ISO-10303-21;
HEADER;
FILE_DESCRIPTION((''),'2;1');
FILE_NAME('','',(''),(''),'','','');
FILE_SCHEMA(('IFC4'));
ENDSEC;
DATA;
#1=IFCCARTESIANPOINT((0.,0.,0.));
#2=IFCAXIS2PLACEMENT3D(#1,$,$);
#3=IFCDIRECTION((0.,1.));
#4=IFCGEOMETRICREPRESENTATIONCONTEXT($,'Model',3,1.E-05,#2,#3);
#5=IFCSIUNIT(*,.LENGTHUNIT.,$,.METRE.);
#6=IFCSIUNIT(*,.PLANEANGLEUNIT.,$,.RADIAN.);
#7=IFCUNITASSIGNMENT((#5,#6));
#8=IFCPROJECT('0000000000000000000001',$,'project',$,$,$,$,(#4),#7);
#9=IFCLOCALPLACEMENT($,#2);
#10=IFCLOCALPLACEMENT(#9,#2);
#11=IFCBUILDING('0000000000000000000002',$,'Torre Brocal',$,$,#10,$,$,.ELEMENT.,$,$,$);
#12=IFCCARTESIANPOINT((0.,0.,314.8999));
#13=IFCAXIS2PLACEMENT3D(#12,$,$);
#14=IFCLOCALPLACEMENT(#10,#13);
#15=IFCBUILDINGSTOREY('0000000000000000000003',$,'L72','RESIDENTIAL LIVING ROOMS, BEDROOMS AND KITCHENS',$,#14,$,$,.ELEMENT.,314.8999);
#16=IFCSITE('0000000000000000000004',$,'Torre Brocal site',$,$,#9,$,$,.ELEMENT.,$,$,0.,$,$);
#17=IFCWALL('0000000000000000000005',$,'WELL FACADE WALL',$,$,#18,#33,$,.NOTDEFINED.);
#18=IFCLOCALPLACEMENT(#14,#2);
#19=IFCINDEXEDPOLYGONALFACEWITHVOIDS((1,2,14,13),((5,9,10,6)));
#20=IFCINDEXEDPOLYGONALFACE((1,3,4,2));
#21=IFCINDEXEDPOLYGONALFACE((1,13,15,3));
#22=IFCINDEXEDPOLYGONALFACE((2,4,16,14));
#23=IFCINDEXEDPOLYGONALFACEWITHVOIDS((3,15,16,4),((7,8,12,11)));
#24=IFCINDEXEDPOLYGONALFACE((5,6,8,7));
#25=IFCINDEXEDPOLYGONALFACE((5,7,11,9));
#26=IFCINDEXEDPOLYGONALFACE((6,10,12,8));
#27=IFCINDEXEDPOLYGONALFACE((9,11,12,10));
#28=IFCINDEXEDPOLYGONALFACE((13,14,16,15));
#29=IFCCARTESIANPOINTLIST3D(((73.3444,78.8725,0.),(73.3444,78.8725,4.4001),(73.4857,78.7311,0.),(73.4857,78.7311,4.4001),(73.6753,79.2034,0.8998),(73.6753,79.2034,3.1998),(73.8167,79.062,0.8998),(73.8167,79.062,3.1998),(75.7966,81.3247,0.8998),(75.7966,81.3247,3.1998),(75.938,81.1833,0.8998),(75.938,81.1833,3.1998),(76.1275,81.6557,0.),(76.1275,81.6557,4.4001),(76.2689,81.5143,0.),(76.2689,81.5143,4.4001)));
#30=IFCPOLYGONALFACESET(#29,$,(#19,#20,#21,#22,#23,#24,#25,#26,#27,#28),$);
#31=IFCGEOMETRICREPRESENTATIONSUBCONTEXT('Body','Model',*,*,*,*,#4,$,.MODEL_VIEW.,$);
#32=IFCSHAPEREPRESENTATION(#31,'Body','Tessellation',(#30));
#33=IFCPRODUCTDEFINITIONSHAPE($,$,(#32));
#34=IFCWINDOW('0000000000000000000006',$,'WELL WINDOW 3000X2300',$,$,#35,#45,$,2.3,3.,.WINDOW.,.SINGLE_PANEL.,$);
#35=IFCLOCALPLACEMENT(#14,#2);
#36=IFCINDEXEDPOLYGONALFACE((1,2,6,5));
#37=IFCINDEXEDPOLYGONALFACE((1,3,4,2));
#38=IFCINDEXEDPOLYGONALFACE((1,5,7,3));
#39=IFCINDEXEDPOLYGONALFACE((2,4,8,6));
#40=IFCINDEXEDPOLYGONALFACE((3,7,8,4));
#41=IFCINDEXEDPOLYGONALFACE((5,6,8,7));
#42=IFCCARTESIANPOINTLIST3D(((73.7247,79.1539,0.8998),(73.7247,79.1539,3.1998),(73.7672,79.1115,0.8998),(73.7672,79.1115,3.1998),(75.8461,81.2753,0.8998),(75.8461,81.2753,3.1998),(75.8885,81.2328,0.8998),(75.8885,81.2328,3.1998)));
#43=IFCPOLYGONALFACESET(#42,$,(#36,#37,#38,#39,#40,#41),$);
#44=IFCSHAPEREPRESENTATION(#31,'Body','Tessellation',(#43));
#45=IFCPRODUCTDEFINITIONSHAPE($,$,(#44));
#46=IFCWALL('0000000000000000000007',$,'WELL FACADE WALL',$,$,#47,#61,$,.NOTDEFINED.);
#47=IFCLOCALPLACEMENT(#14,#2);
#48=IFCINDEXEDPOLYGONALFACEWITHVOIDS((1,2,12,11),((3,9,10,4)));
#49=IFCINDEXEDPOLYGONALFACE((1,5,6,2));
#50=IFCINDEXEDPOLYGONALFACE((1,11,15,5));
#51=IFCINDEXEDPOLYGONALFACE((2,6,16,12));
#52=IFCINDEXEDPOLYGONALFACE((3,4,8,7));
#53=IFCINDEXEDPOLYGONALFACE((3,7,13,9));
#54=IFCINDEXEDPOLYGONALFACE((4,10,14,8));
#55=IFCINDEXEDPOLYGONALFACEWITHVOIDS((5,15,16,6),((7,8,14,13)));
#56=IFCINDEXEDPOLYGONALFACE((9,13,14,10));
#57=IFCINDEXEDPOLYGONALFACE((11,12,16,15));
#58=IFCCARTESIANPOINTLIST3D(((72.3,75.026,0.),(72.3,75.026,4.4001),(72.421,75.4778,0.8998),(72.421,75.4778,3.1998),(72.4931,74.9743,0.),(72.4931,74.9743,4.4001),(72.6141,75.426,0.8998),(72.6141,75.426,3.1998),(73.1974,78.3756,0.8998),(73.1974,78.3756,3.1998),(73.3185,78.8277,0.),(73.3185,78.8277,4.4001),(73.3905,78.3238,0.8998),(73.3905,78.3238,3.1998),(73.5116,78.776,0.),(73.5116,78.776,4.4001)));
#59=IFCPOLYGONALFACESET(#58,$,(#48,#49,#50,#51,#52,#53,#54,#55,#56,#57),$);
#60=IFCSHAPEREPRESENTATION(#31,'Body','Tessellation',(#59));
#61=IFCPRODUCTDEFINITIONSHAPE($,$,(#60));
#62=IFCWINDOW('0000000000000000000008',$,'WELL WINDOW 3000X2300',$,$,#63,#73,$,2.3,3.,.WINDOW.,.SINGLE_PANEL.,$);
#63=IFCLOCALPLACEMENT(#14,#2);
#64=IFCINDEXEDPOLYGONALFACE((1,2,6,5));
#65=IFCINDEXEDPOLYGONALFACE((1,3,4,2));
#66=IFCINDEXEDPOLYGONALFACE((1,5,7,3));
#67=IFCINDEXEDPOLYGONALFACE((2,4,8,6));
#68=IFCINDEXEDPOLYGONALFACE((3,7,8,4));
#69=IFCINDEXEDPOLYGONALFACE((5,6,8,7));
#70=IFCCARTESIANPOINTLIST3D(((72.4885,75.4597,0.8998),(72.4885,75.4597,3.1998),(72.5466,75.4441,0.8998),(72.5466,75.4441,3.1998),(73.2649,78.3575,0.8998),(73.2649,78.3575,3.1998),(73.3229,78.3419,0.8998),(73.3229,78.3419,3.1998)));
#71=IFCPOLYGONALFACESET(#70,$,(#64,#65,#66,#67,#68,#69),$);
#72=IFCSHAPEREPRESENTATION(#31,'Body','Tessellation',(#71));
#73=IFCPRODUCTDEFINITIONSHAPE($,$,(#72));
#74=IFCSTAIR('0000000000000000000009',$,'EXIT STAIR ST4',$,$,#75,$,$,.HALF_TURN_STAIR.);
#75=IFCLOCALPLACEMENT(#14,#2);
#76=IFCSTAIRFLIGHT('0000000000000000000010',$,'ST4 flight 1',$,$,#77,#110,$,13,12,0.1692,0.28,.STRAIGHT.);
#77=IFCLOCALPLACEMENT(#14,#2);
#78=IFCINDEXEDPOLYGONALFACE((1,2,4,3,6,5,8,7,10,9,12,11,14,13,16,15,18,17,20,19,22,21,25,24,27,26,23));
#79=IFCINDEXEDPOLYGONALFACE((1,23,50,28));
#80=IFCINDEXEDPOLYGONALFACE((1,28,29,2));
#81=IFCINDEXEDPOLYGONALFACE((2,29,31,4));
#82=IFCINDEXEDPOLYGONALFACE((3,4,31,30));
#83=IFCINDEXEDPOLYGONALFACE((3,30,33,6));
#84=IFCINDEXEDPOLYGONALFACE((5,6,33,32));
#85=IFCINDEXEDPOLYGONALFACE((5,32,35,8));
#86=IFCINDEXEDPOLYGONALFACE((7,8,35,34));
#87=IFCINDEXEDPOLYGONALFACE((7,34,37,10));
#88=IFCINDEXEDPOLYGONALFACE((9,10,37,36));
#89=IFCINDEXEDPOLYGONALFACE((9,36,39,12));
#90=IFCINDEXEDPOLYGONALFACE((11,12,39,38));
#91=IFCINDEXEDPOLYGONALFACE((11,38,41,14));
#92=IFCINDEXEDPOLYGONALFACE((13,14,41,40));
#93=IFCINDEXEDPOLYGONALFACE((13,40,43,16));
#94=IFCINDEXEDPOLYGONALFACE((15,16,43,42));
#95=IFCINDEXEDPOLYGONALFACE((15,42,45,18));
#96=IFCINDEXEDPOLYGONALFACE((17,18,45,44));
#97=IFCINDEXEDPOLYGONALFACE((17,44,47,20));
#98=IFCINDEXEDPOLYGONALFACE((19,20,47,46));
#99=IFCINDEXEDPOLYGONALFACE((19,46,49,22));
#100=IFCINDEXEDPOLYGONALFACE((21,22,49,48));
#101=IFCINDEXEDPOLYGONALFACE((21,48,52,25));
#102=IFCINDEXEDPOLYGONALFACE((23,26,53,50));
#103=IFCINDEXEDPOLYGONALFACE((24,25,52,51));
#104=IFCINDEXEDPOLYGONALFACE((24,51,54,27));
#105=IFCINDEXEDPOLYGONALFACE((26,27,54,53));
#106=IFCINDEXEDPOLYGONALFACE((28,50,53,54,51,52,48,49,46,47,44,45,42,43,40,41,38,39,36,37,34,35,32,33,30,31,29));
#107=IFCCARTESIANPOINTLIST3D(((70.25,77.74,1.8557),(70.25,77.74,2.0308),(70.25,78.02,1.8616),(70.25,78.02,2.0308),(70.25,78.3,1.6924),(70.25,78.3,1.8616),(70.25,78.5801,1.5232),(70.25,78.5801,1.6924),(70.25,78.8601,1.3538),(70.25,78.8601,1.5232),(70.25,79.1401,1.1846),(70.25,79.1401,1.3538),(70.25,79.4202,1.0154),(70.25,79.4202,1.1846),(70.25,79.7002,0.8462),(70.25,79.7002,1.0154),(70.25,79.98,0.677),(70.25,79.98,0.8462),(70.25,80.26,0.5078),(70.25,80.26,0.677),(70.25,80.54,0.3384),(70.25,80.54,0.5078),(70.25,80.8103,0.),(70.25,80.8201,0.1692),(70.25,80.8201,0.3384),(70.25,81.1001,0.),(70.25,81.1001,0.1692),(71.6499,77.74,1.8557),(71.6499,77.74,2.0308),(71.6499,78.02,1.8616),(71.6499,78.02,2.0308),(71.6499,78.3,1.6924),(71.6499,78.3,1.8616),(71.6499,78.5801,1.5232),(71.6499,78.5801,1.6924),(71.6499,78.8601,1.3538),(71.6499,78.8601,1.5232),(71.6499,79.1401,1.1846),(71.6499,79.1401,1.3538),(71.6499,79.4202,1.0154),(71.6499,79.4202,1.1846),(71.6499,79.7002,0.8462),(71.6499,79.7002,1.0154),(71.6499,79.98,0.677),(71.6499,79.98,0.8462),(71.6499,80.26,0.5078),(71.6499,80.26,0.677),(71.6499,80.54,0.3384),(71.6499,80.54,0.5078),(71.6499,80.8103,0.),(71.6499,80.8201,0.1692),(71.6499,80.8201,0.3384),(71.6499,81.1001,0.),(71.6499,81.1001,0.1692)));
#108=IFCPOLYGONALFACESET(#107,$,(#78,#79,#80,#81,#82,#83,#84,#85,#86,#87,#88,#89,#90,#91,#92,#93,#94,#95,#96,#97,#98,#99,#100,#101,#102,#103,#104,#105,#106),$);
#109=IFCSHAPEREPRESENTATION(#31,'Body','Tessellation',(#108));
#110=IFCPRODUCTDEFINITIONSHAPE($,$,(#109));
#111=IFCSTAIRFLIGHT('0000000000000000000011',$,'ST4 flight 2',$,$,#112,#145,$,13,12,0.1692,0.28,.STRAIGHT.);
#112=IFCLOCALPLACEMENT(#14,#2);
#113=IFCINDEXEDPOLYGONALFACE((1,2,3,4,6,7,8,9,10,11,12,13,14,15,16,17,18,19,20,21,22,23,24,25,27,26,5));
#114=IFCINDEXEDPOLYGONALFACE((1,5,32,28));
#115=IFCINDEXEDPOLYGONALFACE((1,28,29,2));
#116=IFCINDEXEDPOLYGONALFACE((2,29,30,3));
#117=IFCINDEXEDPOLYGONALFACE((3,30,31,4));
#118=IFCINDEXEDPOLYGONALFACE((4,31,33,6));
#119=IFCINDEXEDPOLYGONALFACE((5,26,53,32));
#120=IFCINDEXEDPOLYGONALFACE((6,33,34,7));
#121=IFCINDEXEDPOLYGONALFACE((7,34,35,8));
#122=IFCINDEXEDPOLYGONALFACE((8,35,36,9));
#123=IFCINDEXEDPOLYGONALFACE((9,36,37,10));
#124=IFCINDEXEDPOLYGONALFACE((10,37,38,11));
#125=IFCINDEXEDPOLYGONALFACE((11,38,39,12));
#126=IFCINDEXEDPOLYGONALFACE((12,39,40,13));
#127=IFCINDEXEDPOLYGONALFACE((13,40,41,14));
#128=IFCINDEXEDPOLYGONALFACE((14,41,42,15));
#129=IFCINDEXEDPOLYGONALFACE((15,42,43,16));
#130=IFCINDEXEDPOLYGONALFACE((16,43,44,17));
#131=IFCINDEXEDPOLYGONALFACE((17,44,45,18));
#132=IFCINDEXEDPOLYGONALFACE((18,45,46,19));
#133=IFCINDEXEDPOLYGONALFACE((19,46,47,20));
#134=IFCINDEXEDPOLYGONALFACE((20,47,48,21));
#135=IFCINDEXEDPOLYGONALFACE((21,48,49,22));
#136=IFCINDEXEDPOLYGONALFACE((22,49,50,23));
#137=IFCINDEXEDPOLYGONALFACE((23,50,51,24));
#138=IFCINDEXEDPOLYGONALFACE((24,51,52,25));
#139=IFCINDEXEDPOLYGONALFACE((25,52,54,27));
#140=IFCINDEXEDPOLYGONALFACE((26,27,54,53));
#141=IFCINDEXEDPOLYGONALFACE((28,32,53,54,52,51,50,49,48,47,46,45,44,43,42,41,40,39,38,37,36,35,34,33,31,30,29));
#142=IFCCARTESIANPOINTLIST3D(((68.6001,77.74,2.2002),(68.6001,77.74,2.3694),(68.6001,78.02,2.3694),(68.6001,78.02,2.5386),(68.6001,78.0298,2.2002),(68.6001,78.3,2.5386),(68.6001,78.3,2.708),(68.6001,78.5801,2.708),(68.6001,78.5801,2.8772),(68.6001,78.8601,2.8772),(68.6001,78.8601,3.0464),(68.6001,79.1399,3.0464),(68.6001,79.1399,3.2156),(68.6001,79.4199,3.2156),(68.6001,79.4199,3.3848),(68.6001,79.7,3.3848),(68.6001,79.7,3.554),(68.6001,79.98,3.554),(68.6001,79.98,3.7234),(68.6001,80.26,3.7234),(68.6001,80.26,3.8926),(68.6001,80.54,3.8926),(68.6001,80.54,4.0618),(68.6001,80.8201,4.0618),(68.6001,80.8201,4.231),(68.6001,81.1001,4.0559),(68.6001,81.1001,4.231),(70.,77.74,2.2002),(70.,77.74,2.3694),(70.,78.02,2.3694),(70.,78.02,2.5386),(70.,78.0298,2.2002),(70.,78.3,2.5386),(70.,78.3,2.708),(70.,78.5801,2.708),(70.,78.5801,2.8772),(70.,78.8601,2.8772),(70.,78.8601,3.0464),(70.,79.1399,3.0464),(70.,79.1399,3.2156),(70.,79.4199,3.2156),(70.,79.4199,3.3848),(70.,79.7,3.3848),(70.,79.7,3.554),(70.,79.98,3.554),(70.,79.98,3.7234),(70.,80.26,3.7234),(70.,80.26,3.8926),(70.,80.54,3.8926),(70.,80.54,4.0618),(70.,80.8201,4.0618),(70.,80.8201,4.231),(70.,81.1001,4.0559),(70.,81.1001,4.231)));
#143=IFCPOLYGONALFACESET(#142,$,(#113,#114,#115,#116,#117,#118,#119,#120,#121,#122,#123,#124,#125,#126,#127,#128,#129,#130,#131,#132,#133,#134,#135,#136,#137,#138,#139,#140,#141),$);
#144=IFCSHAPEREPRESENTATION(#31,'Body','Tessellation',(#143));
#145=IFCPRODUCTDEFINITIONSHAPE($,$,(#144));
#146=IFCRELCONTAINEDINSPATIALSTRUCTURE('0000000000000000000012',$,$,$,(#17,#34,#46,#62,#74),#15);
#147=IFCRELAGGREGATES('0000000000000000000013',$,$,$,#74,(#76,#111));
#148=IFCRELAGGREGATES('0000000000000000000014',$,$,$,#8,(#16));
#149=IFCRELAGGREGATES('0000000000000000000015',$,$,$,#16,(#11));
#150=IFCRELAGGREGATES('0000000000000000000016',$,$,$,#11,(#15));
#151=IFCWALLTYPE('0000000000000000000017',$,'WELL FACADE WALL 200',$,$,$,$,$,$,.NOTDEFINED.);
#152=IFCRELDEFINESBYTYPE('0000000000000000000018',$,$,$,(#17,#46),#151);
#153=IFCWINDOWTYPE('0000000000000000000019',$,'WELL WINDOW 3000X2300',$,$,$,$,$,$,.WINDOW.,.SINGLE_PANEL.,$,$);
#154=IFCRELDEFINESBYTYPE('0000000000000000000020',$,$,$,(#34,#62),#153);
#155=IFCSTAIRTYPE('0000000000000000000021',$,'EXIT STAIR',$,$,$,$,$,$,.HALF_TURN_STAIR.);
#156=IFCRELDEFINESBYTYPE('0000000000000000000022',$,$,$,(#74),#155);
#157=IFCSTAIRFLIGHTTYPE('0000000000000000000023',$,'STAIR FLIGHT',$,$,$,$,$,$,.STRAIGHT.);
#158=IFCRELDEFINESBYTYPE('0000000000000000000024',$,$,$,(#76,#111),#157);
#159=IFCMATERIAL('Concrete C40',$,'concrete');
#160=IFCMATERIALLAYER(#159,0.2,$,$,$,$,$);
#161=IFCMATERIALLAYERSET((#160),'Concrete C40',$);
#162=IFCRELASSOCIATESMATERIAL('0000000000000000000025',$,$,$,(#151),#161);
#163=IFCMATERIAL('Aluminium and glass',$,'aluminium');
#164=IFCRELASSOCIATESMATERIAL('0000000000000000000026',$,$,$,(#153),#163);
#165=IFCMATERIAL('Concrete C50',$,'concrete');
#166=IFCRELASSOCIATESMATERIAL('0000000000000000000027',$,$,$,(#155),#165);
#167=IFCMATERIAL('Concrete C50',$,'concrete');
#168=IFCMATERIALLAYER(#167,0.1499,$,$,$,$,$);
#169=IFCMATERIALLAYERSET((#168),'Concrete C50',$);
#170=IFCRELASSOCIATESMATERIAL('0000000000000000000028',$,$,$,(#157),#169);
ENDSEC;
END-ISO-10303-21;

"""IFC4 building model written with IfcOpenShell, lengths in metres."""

from ifc_helpers import new_model, si_unit, direction, frame, frame_2d, origin, place, context, subcontext, project, spatial, polyline, rectangle, outline, extrude, material, layer, layer_set, type_object, element, fill, aggregate, save


model = new_model("IFC4")

# Units and contexts
model_context = context("Model", 3, precision=1e-05, world=origin(), true_north=direction((0.0, 1.0)))
body_context = subcontext(model_context, "Body", "Model", "MODEL_VIEW")
ifc_project = project(units=[si_unit("LENGTHUNIT", "METRE"), si_unit("PLANEANGLEUNIT", "RADIAN")], contexts=[model_context])

# Site, building, storey
site_placement = place(None, origin())
site = spatial("IfcSite", under=ifc_project, at=site_placement, Name="Torre Brocal site", CompositionType="ELEMENT", RefElevation=0.0)
building_placement = place(site_placement, origin())
building = spatial("IfcBuilding", under=site, at=building_placement, Name="Torre Brocal", CompositionType="ELEMENT")
storey_placement = place(building_placement, frame((0.0, 0.0, 314.8999)))
storey = spatial("IfcBuildingStorey", under=building, at=storey_placement, Name="L72", Description="RESIDENTIAL LIVING ROOMS, BEDROOMS AND KITCHENS", CompositionType="ELEMENT", Elevation=314.8999)

# Walls, openings, windows
ifc_material_1 = material(Name="Concrete C40", Category="concrete")
ifc_layer_1 = layer(ifc_material_1, 0.2)
ifc_layer_set_1 = layer_set([ifc_layer_1], Name="Concrete C40")
wall_type_1 = type_object("IfcWallType", Name="WELL FACADE WALL 200", PredefinedType="NOTDEFINED", material=ifc_layer_set_1)
wall_1_placement = place(storey_placement, frame((76.1982, 81.585, 0.0), z_axis=(0.0, 0.0, 1.0), x_axis=(-0.707107, -0.707107, 0.0)))
wall_1 = element("IfcWall", 1, at=wall_1_placement, inside=storey, type_object=wall_type_1, Name="WELL FACADE WALL", PredefinedType="NOTDEFINED", context=body_context, shape_type="SweptSolid", body=[
    extrude(rectangle(XDim=3.936, YDim=0.2, at=frame_2d((1.968, 0.0))), origin(), (0.0, 0.0, 1.0), 4.4001),
])
opening_1_placement = place(wall_1_placement, frame((0.468, 0.0, 0.8999)))
opening_1 = element("IfcOpeningElement", 2, at=opening_1_placement, cuts=wall_1, PredefinedType="OPENING", context=body_context, shape_type="SweptSolid", body=[
    extrude(rectangle(XDim=3.0, YDim=2.3, at=frame_2d((1.5, 1.1499))), frame((0.0, 0.1099, 0.0), z_axis=(0.0, -1.0, 0.0), x_axis=(1.0, 0.0, 0.0)), (0.0, 0.0, 1.0), 0.22),
])
ifc_material_2 = material(Name="Aluminium and glass", Category="aluminium")
window_type = type_object("IfcWindowType", Name="WELL WINDOW 3000X2300", PartitioningType="SINGLE_PANEL", PredefinedType="WINDOW", material=ifc_material_2)
window_1_placement = place(opening_1_placement, origin())
window_1 = element("IfcWindow", 3, at=window_1_placement, inside=storey, type_object=window_type, Name="WELL WINDOW 3000X2300", OverallHeight=2.3, OverallWidth=3.0, PartitioningType="SINGLE_PANEL", PredefinedType="WINDOW", context=body_context, shape_type="SweptSolid", body=[
    extrude(rectangle(XDim=3.0, YDim=2.3, at=frame_2d((1.5, 1.1499))), frame((0.0, 0.03, 0.0), z_axis=(0.0, -1.0, 0.0), x_axis=(1.0, 0.0, 0.0)), (0.0, 0.0, 1.0), 0.0601),
])
fill(opening_1, window_1)
wall_2_placement = place(storey_placement, frame((73.415, 78.8018, 0.0), z_axis=(0.0, 0.0, 1.0), x_axis=(-0.25879, -0.965934, 0.0)))
wall_2 = element("IfcWall", 4, at=wall_2_placement, inside=storey, type_object=wall_type_1, Name="WELL FACADE WALL", PredefinedType="NOTDEFINED", context=body_context, shape_type="SweptSolid", body=[
    extrude(rectangle(XDim=3.9358, YDim=0.2, at=frame_2d((1.9678, 0.0))), origin(), (0.0, 0.0, 1.0), 4.4001),
])
opening_2_placement = place(wall_2_placement, frame((0.468, 0.0, 0.8999)))
opening_2 = element("IfcOpeningElement", 5, at=opening_2_placement, cuts=wall_2, PredefinedType="OPENING", context=body_context, shape_type="SweptSolid", body=[
    extrude(rectangle(XDim=3.0, YDim=2.3, at=frame_2d((1.5, 1.1499))), frame((0.0, 0.1099, 0.0), z_axis=(0.0, -1.0, 0.0), x_axis=(1.0, 0.0, 0.0)), (0.0, 0.0, 1.0), 0.22),
])
window_2_placement = place(opening_2_placement, origin())
window_2 = element("IfcWindow", 6, at=window_2_placement, inside=storey, type_object=window_type, Name="WELL WINDOW 3000X2300", OverallHeight=2.3, OverallWidth=3.0, PartitioningType="SINGLE_PANEL", PredefinedType="WINDOW", context=body_context, shape_type="SweptSolid", body=[
    extrude(rectangle(XDim=3.0, YDim=2.3, at=frame_2d((1.5, 1.1499))), frame((0.0, 0.03, 0.0), z_axis=(0.0, -1.0, 0.0), x_axis=(1.0, 0.0, 0.0)), (0.0, 0.0, 1.0), 0.0601),
])
fill(opening_2, window_2)

# Stair, stair flights
ifc_material_3 = material(Name="Concrete C50", Category="concrete")
stair_type = type_object("IfcStairType", Name="EXIT STAIR", PredefinedType="HALF_TURN_STAIR", material=ifc_material_3)
stair_placement = place(storey_placement, origin())
stair = element("IfcStair", 7, at=stair_placement, inside=storey, type_object=stair_type, Name="EXIT STAIR ST4", PredefinedType="HALF_TURN_STAIR")
ifc_material_4 = material(Name="Concrete C50", Category="concrete")
ifc_layer_2 = layer(ifc_material_4, 0.1499)
ifc_layer_set_2 = layer_set([ifc_layer_2], Name="Concrete C50")
stair_flight_type = type_object("IfcStairFlightType", Name="STAIR FLIGHT", PredefinedType="STRAIGHT", material=ifc_layer_set_2)
stair_flight_1_placement = place(storey_placement, frame((70.95, 81.1001, 0.0), z_axis=(0.0, 0.0, 1.0), x_axis=(0.0, -1.0, 0.0)))
stair_flight_1 = element("IfcStairFlight", 8, at=stair_flight_1_placement, type_object=stair_flight_type, Name="ST4 flight 1", NumberOfRisers=13, NumberOfTreads=12, PredefinedType="STRAIGHT", RiserHeight=0.1692, TreadLength=0.28, context=body_context, shape_type="SweptSolid", body=[
    extrude(outline(polyline([(0.0, 0.0), (0.0, 0.1692), (0.28, 0.1692), (0.28, 0.3384), (0.5601, 0.3384), (0.5601, 0.5078), (0.8401, 0.5078), (0.8401, 0.677), (1.1201, 0.677), (1.1201, 0.8462), (1.3999, 0.8462), (1.3999, 1.0154), (1.6799, 1.0154), (1.6799, 1.1846), (1.96, 1.1846), (1.96, 1.3538), (2.24, 1.3538), (2.24, 1.5232), (2.52, 1.5232), (2.52, 1.6924), (2.8, 1.6924), (2.8, 1.8616), (3.0801, 1.8616), (3.0801, 2.0308), (3.3601, 2.0308), (3.3601, 2.2), (3.3601, 1.8557), (0.2898, 0.0), (0.0, 0.0)])), frame((0.0, 0.7, 0.0), z_axis=(0.0, -1.0, 0.0), x_axis=(1.0, 0.0, 0.0)), (0.0, 0.0, 1.0), 1.3999),
])
stair_flight_2_placement = place(storey_placement, frame((69.3, 77.74, 2.2002), z_axis=(0.0, 0.0, 1.0), x_axis=(0.0, 1.0, 0.0)))
stair_flight_2 = element("IfcStairFlight", 9, at=stair_flight_2_placement, type_object=stair_flight_type, Name="ST4 flight 2", NumberOfRisers=13, NumberOfTreads=12, PredefinedType="STRAIGHT", RiserHeight=0.1692, TreadLength=0.28, context=body_context, shape_type="SweptSolid", body=[
    extrude(outline(polyline([(0.0, 0.0), (0.0, 0.1692), (0.28, 0.1692), (0.28, 0.3384), (0.5601, 0.3384), (0.5601, 0.5078), (0.8401, 0.5078), (0.8401, 0.677), (1.1201, 0.677), (1.1201, 0.8462), (1.3999, 0.8462), (1.3999, 1.0154), (1.6799, 1.0154), (1.6799, 1.1846), (1.96, 1.1846), (1.96, 1.3538), (2.24, 1.3538), (2.24, 1.5232), (2.52, 1.5232), (2.52, 1.6924), (2.8, 1.6924), (2.8, 1.8616), (3.0801, 1.8616), (3.0801, 2.0308), (3.3601, 2.0308), (3.3601, 2.2), (3.3601, 1.8557), (0.2898, 0.0), (0.0, 0.0)])), frame((0.0, 0.7, 0.0), z_axis=(0.0, -1.0, 0.0), x_axis=(1.0, 0.0, 0.0)), (0.0, 0.0, 1.0), 1.3999),
])
aggregate(stair, [stair_flight_1, stair_flight_2])

save(model, "model.ifc")
